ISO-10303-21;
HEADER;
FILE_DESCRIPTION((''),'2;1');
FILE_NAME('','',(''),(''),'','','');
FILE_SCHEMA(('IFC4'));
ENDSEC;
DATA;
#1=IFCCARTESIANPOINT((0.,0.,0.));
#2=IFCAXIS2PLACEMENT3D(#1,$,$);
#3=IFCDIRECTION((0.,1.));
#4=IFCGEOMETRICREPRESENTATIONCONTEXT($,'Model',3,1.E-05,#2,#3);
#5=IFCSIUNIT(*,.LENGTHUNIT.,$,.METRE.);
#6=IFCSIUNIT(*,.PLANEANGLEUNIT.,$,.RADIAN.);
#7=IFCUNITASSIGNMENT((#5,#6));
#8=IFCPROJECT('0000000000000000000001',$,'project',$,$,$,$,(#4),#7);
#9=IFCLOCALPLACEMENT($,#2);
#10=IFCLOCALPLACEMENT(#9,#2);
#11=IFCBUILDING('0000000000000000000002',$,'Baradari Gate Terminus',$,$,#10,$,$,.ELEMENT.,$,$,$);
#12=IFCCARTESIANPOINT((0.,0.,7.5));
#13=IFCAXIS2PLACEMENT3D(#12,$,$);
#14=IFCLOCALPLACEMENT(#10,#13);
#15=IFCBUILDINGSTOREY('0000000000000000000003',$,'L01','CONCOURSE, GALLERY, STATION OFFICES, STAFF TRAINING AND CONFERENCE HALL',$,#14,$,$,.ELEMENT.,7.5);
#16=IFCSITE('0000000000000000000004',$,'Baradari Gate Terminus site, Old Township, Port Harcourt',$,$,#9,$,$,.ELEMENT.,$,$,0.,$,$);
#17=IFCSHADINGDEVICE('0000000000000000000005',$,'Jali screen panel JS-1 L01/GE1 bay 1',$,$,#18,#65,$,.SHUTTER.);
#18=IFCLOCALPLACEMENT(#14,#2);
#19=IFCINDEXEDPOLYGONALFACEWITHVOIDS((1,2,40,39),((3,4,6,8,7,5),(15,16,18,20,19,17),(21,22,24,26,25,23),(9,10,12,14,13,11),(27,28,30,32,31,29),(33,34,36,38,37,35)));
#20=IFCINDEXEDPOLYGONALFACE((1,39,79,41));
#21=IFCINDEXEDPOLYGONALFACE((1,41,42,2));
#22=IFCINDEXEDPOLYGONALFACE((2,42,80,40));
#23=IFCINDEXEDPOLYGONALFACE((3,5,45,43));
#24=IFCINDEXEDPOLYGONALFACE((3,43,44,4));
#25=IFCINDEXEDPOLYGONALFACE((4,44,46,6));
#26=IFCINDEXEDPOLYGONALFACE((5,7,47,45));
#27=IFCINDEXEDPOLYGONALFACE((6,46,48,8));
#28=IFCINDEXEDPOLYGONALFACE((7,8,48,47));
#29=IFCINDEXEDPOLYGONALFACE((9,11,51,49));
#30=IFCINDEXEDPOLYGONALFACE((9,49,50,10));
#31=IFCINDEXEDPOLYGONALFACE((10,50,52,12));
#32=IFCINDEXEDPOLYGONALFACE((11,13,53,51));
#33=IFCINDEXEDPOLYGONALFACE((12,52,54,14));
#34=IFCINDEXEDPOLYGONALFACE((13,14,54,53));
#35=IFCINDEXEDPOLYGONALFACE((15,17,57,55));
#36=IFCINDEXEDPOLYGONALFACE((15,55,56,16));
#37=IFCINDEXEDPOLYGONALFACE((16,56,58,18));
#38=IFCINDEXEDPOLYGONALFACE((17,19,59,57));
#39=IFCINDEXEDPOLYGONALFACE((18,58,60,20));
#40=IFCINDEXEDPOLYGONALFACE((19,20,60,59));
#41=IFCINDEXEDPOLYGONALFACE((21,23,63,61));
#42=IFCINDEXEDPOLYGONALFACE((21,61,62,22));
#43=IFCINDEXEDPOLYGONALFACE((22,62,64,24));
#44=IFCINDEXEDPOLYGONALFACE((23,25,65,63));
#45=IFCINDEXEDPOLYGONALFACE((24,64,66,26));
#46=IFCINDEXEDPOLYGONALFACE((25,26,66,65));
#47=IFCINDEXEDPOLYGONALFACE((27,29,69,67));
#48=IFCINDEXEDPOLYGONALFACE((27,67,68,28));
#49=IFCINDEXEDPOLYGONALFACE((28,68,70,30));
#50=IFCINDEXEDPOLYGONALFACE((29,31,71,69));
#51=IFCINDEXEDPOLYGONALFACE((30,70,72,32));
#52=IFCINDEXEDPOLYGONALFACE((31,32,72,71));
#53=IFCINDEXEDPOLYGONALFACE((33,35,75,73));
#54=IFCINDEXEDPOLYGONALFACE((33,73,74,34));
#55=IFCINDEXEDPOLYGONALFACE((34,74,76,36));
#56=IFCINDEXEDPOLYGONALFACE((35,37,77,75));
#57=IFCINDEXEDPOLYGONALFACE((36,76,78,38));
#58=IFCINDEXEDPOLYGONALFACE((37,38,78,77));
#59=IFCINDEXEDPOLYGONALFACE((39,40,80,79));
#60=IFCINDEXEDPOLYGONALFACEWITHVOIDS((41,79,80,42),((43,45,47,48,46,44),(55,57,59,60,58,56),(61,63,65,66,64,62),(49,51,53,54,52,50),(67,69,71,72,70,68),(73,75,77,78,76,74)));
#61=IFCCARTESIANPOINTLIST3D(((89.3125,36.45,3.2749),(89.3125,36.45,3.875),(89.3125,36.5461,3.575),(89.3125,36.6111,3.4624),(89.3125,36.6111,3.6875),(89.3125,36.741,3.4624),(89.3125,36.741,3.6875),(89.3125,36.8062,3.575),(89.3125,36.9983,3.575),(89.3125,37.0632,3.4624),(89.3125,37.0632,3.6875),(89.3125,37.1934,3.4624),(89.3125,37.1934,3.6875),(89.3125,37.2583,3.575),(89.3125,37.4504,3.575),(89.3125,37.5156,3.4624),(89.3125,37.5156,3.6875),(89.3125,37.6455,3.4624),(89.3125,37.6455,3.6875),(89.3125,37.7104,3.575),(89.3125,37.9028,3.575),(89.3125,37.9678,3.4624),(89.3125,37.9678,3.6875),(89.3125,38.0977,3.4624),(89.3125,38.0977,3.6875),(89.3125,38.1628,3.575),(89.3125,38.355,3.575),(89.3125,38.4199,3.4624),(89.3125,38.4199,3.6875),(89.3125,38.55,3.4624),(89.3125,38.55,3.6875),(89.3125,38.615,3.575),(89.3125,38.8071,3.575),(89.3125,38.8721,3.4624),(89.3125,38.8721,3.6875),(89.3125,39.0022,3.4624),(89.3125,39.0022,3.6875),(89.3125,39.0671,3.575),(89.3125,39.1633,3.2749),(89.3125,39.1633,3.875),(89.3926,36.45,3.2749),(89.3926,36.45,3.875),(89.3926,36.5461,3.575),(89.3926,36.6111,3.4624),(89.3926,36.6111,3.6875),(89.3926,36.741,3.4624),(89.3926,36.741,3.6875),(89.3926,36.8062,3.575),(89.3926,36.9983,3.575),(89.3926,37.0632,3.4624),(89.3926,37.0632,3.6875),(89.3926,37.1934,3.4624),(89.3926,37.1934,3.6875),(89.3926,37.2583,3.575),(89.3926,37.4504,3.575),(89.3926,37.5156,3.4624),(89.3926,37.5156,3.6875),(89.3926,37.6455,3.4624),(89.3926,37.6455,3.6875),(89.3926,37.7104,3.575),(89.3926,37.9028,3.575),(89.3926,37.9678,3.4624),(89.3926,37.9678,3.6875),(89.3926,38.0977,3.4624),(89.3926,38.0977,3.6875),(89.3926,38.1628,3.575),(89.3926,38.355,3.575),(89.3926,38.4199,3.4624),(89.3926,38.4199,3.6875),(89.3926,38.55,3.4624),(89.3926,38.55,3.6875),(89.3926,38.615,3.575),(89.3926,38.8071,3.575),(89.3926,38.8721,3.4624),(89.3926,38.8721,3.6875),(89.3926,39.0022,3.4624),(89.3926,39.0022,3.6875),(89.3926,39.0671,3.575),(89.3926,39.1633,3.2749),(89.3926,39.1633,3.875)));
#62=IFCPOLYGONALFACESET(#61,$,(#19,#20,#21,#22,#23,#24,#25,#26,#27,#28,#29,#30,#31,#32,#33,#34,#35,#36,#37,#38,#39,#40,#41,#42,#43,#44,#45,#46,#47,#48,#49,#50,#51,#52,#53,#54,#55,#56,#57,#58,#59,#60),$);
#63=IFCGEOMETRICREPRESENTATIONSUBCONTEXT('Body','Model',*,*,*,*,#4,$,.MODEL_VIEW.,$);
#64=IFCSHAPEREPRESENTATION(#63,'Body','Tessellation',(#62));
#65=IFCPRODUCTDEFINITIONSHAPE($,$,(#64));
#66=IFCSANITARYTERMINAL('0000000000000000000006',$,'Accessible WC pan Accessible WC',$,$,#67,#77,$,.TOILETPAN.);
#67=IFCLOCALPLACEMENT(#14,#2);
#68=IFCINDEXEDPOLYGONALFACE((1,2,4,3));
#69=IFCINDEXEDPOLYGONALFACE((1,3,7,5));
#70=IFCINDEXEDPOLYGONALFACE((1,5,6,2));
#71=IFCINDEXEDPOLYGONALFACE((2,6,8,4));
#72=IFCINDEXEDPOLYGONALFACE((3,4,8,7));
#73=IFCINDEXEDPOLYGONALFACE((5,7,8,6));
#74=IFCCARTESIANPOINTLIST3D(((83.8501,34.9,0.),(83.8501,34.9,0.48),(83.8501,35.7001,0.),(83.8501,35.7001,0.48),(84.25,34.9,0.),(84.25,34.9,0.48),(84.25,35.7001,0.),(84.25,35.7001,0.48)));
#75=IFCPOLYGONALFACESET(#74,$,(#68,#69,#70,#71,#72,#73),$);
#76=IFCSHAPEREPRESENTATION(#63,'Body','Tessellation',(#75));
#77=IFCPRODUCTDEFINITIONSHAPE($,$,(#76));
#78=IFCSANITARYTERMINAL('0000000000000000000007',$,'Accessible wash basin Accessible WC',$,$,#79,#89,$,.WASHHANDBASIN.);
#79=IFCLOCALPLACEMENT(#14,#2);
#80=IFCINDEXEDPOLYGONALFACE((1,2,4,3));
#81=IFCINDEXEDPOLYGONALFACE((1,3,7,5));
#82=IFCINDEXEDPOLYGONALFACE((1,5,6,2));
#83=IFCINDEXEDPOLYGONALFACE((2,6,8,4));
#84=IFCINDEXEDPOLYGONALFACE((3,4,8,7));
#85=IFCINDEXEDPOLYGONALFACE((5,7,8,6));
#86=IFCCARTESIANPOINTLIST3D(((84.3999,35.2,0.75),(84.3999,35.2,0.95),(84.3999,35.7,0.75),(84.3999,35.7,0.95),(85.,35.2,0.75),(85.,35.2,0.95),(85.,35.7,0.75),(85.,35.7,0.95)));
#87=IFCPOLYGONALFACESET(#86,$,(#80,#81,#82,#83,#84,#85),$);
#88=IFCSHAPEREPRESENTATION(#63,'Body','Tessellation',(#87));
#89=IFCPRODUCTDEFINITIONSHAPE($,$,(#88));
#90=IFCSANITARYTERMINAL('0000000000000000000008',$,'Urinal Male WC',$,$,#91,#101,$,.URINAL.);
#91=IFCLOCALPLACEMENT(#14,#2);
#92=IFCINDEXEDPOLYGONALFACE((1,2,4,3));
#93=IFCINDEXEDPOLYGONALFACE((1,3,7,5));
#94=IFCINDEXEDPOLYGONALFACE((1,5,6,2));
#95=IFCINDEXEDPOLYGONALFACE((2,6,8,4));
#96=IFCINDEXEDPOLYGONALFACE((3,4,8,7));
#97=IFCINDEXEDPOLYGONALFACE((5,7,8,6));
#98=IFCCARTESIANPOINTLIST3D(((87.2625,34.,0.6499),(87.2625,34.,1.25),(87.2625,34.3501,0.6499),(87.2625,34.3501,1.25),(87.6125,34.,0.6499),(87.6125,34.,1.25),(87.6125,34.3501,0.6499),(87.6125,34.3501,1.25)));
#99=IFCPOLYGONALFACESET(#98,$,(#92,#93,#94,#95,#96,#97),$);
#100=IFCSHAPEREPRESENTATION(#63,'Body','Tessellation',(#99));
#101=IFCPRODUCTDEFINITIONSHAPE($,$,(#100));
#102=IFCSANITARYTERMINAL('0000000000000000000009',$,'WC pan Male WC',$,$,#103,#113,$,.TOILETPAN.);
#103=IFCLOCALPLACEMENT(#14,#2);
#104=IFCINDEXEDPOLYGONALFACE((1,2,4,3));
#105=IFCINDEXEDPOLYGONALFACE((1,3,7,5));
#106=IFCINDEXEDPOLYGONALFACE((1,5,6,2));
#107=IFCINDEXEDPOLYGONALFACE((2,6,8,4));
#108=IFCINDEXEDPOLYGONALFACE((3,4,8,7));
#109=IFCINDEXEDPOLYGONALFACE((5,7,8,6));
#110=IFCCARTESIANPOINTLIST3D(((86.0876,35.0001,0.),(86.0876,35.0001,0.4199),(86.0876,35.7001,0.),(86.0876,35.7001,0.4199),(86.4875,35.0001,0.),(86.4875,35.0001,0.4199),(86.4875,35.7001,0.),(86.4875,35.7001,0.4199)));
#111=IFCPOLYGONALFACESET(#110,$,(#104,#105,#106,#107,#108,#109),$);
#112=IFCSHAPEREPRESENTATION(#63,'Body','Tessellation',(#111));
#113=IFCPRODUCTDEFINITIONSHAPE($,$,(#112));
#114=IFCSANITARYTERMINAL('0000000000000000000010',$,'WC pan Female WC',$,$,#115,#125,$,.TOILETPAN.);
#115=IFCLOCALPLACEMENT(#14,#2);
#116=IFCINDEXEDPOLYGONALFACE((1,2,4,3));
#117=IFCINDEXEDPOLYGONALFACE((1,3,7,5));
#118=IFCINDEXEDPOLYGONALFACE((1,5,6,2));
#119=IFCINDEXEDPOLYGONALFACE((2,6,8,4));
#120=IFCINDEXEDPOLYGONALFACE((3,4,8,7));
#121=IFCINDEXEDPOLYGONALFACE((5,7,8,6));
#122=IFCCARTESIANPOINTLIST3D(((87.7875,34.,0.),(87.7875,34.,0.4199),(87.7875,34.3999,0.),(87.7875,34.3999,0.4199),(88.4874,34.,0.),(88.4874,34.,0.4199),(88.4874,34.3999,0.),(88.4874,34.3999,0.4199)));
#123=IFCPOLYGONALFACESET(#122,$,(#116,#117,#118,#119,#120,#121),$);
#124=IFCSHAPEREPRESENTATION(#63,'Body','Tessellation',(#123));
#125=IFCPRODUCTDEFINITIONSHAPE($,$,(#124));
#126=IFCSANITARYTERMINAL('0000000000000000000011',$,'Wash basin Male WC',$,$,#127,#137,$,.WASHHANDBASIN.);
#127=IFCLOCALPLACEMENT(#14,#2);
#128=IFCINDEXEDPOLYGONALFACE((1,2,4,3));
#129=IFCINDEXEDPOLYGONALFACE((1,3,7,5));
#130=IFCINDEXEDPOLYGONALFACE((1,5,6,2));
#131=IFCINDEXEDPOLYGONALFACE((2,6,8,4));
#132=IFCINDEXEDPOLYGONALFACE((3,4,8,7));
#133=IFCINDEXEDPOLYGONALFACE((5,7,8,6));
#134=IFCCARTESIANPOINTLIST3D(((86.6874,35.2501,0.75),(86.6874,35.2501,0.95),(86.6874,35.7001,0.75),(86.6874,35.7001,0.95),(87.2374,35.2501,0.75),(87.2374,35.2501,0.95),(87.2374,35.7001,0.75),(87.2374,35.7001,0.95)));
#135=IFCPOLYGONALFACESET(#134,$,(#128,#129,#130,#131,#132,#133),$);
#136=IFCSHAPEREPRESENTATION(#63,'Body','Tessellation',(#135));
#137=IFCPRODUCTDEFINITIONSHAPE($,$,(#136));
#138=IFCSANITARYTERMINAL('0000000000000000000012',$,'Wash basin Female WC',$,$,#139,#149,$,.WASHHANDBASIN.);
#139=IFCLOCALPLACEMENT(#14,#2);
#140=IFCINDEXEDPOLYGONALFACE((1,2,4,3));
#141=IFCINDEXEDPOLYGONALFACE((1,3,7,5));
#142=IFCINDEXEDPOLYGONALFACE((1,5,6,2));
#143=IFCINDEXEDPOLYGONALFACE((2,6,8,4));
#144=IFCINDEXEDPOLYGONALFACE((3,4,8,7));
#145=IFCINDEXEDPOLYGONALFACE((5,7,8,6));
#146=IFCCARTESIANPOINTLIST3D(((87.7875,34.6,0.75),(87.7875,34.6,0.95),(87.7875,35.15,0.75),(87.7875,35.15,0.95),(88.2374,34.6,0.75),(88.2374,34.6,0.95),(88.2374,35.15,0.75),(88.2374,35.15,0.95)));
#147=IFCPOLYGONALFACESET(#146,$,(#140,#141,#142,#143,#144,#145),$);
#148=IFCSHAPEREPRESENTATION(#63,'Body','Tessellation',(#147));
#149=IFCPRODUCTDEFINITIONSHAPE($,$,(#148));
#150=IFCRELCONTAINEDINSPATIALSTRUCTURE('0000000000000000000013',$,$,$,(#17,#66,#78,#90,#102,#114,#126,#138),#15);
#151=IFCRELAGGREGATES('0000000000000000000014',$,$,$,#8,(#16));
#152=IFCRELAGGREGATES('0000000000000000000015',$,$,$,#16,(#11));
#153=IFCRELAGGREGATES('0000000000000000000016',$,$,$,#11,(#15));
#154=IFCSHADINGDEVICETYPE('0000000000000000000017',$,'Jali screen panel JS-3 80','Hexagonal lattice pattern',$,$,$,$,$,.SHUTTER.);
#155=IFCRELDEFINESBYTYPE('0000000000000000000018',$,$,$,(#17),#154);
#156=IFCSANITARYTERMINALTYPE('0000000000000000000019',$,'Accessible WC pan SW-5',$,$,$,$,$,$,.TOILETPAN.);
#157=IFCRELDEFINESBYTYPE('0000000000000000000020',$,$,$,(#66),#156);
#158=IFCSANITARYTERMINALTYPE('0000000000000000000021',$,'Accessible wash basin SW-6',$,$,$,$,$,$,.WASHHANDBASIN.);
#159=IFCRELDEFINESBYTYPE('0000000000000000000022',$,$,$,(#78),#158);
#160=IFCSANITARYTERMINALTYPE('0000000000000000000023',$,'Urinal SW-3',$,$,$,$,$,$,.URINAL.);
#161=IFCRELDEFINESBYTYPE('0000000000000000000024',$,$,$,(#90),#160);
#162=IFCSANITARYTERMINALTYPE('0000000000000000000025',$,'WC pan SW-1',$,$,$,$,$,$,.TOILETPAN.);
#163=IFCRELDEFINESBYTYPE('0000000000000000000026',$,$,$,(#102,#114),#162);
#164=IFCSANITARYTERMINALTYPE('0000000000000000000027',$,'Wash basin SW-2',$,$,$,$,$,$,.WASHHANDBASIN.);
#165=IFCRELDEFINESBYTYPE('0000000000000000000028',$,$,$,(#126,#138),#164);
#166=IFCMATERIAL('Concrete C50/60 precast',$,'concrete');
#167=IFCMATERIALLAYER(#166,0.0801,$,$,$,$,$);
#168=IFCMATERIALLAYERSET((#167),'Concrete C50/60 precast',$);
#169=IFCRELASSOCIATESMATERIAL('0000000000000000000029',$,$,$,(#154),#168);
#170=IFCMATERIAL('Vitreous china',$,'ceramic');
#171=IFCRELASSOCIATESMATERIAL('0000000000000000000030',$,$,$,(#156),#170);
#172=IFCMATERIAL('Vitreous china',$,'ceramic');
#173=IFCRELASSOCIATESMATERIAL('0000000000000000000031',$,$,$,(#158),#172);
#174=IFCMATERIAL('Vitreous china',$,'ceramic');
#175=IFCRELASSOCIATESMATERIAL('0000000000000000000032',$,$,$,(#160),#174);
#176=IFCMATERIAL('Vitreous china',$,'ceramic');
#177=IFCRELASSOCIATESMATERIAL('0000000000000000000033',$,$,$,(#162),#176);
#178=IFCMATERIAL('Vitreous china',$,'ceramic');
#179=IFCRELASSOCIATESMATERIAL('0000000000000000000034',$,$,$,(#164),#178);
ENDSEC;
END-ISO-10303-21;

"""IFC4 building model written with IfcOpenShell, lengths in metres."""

from ifc_helpers import new_model, si_unit, direction, frame, origin, origin_2d, place, context, subcontext, project, spatial, polyline, rectangle, outline, extrude, material, layer, layer_set, type_object, element, save


model = new_model("IFC4")

# Units and contexts
model_context = context("Model", 3, precision=1e-05, world=origin(), true_north=direction((0.0, 1.0)))
body_context = subcontext(model_context, "Body", "Model", "MODEL_VIEW")
ifc_project = project(units=[si_unit("LENGTHUNIT", "METRE"), si_unit("PLANEANGLEUNIT", "RADIAN")], contexts=[model_context])

# Site, building, storey
site_placement = place(None, origin())
site = spatial("IfcSite", under=ifc_project, at=site_placement, Name="Baradari Gate Terminus site, Old Township, Port Harcourt", CompositionType="ELEMENT", RefElevation=0.0)
building_placement = place(site_placement, origin())
building = spatial("IfcBuilding", under=site, at=building_placement, Name="Baradari Gate Terminus", CompositionType="ELEMENT")
storey_placement = place(building_placement, frame((0.0, 0.0, 7.5)))
storey = spatial("IfcBuildingStorey", under=building, at=storey_placement, Name="L01", Description="CONCOURSE, GALLERY, STATION OFFICES, STAFF TRAINING AND CONFERENCE HALL", CompositionType="ELEMENT", Elevation=7.5)

# Shading device
ifc_material_1 = material(Name="Concrete C50/60 precast", Category="concrete")
ifc_layer_1 = layer(ifc_material_1, 0.0801)
ifc_layer_set_1 = layer_set([ifc_layer_1], Name="Concrete C50/60 precast")
shading_device_type = type_object("IfcShadingDeviceType", Name="Jali screen panel JS-3 80", Description="Hexagonal lattice pattern", PredefinedType="SHUTTER", material=ifc_layer_set_1)
shading_device_placement = place(storey_placement, frame((89.3525, 36.45, 3.2749), z_axis=(0.0, 0.0, 1.0), x_axis=(0.0, 1.0, 0.0)))
element("IfcShadingDevice", 1, at=shading_device_placement, inside=storey, type_object=shading_device_type, Name="Jali screen panel JS-1 L01/GE1 bay 1", PredefinedType="SHUTTER", context=body_context, shape_type="SweptSolid", body=[
    extrude(outline(polyline([(0.0, 0.0), (2.7134, 0.0), (2.7134, 0.6001), (0.0, 0.6001), (0.0, 0.0)]), holes=[polyline([(0.3562, 0.3), (0.291, 0.1875), (0.1611, 0.1875), (0.0962, 0.3), (0.1611, 0.4126), (0.291, 0.4126), (0.3562, 0.3)]), polyline([(0.8083, 0.3), (0.7434, 0.1875), (0.6133, 0.1875), (0.5483, 0.3), (0.6133, 0.4126), (0.7434, 0.4126), (0.8083, 0.3)]), polyline([(1.2605, 0.3), (1.1956, 0.1875), (1.0657, 0.1875), (1.0005, 0.3), (1.0657, 0.4126), (1.1956, 0.4126), (1.2605, 0.3)]), polyline([(1.7129, 0.3), (1.6477, 0.1875), (1.5178, 0.1875), (1.4529, 0.3), (1.5178, 0.4126), (1.6477, 0.4126), (1.7129, 0.3)]), polyline([(2.165, 0.3), (2.1001, 0.1875), (1.97, 0.1875), (1.905, 0.3), (1.97, 0.4126), (2.1001, 0.4126), (2.165, 0.3)]), polyline([(2.6172, 0.3), (2.5522, 0.1875), (2.4221, 0.1875), (2.3572, 0.3), (2.4221, 0.4126), (2.5522, 0.4126), (2.6172, 0.3)])]), frame((0.0, 0.04, 0.0), z_axis=(0.0, -1.0, 0.0), x_axis=(1.0, 0.0, 0.0)), (0.0, 0.0, 1.0), 0.0801),
])

# Sanitary terminals
ifc_material_2 = material(Name="Vitreous china", Category="ceramic")
sanitary_terminal_type_1 = type_object("IfcSanitaryTerminalType", Name="Accessible WC pan SW-5", PredefinedType="TOILETPAN", material=ifc_material_2)
sanitary_terminal_1_placement = place(storey_placement, frame((84.05, 35.3, 0.0), z_axis=(0.0, 0.0, 1.0), x_axis=(1.0, 0.0, 0.0)))
element("IfcSanitaryTerminal", 2, at=sanitary_terminal_1_placement, inside=storey, type_object=sanitary_terminal_type_1, Name="Accessible WC pan Accessible WC", PredefinedType="TOILETPAN", context=body_context, shape_type="SweptSolid", body=[
    extrude(rectangle(XDim=0.3999, YDim=0.8, at=origin_2d()), origin(), (0.0, 0.0, 1.0), 0.48),
])
ifc_material_3 = material(Name="Vitreous china", Category="ceramic")
sanitary_terminal_type_2 = type_object("IfcSanitaryTerminalType", Name="Accessible wash basin SW-6", PredefinedType="WASHHANDBASIN", material=ifc_material_3)
sanitary_terminal_2_placement = place(storey_placement, frame((84.7, 35.45, 0.75), z_axis=(0.0, 0.0, 1.0), x_axis=(1.0, 0.0, 0.0)))
element("IfcSanitaryTerminal", 3, at=sanitary_terminal_2_placement, inside=storey, type_object=sanitary_terminal_type_2, Name="Accessible wash basin Accessible WC", PredefinedType="WASHHANDBASIN", context=body_context, shape_type="SweptSolid", body=[
    extrude(rectangle(XDim=0.6001, YDim=0.5, at=origin_2d()), origin(), (0.0, 0.0, 1.0), 0.2),
])
ifc_material_4 = material(Name="Vitreous china", Category="ceramic")
sanitary_terminal_type_3 = type_object("IfcSanitaryTerminalType", Name="Urinal SW-3", PredefinedType="URINAL", material=ifc_material_4)
sanitary_terminal_3_placement = place(storey_placement, frame((87.4375, 34.175, 0.6499), z_axis=(0.0, 0.0, 1.0), x_axis=(1.0, 0.0, 0.0)))
element("IfcSanitaryTerminal", 4, at=sanitary_terminal_3_placement, inside=storey, type_object=sanitary_terminal_type_3, Name="Urinal Male WC", PredefinedType="URINAL", context=body_context, shape_type="SweptSolid", body=[
    extrude(rectangle(XDim=0.3501, YDim=0.3501, at=origin_2d()), origin(), (0.0, 0.0, 1.0), 0.6001),
])
ifc_material_5 = material(Name="Vitreous china", Category="ceramic")
sanitary_terminal_type_4 = type_object("IfcSanitaryTerminalType", Name="WC pan SW-1", PredefinedType="TOILETPAN", material=ifc_material_5)
sanitary_terminal_4_placement = place(storey_placement, frame((86.2876, 35.3501, 0.0), z_axis=(0.0, 0.0, 1.0), x_axis=(1.0, 0.0, 0.0)))
element("IfcSanitaryTerminal", 5, at=sanitary_terminal_4_placement, inside=storey, type_object=sanitary_terminal_type_4, Name="WC pan Male WC", PredefinedType="TOILETPAN", context=body_context, shape_type="SweptSolid", body=[
    extrude(rectangle(XDim=0.3999, YDim=0.7, at=origin_2d()), origin(), (0.0, 0.0, 1.0), 0.4199),
])
sanitary_terminal_5_placement = place(storey_placement, frame((88.1375, 34.2, 0.0), z_axis=(0.0, 0.0, 1.0), x_axis=(1.0, 0.0, 0.0)))
element("IfcSanitaryTerminal", 6, at=sanitary_terminal_5_placement, inside=storey, type_object=sanitary_terminal_type_4, Name="WC pan Female WC", PredefinedType="TOILETPAN", context=body_context, shape_type="SweptSolid", body=[
    extrude(rectangle(XDim=0.7, YDim=0.3999, at=origin_2d()), origin(), (0.0, 0.0, 1.0), 0.4199),
])
ifc_material_6 = material(Name="Vitreous china", Category="ceramic")
sanitary_terminal_type_5 = type_object("IfcSanitaryTerminalType", Name="Wash basin SW-2", PredefinedType="WASHHANDBASIN", material=ifc_material_6)
sanitary_terminal_6_placement = place(storey_placement, frame((86.9624, 35.4751, 0.75), z_axis=(0.0, 0.0, 1.0), x_axis=(1.0, 0.0, 0.0)))
element("IfcSanitaryTerminal", 7, at=sanitary_terminal_6_placement, inside=storey, type_object=sanitary_terminal_type_5, Name="Wash basin Male WC", PredefinedType="WASHHANDBASIN", context=body_context, shape_type="SweptSolid", body=[
    extrude(rectangle(XDim=0.55, YDim=0.45, at=origin_2d()), origin(), (0.0, 0.0, 1.0), 0.2),
])
sanitary_terminal_7_placement = place(storey_placement, frame((88.0125, 34.875, 0.75), z_axis=(0.0, 0.0, 1.0), x_axis=(1.0, 0.0, 0.0)))
element("IfcSanitaryTerminal", 8, at=sanitary_terminal_7_placement, inside=storey, type_object=sanitary_terminal_type_5, Name="Wash basin Female WC", PredefinedType="WASHHANDBASIN", context=body_context, shape_type="SweptSolid", body=[
    extrude(rectangle(XDim=0.45, YDim=0.55, at=origin_2d()), origin(), (0.0, 0.0, 1.0), 0.2),
])

save(model, "model.ifc")
